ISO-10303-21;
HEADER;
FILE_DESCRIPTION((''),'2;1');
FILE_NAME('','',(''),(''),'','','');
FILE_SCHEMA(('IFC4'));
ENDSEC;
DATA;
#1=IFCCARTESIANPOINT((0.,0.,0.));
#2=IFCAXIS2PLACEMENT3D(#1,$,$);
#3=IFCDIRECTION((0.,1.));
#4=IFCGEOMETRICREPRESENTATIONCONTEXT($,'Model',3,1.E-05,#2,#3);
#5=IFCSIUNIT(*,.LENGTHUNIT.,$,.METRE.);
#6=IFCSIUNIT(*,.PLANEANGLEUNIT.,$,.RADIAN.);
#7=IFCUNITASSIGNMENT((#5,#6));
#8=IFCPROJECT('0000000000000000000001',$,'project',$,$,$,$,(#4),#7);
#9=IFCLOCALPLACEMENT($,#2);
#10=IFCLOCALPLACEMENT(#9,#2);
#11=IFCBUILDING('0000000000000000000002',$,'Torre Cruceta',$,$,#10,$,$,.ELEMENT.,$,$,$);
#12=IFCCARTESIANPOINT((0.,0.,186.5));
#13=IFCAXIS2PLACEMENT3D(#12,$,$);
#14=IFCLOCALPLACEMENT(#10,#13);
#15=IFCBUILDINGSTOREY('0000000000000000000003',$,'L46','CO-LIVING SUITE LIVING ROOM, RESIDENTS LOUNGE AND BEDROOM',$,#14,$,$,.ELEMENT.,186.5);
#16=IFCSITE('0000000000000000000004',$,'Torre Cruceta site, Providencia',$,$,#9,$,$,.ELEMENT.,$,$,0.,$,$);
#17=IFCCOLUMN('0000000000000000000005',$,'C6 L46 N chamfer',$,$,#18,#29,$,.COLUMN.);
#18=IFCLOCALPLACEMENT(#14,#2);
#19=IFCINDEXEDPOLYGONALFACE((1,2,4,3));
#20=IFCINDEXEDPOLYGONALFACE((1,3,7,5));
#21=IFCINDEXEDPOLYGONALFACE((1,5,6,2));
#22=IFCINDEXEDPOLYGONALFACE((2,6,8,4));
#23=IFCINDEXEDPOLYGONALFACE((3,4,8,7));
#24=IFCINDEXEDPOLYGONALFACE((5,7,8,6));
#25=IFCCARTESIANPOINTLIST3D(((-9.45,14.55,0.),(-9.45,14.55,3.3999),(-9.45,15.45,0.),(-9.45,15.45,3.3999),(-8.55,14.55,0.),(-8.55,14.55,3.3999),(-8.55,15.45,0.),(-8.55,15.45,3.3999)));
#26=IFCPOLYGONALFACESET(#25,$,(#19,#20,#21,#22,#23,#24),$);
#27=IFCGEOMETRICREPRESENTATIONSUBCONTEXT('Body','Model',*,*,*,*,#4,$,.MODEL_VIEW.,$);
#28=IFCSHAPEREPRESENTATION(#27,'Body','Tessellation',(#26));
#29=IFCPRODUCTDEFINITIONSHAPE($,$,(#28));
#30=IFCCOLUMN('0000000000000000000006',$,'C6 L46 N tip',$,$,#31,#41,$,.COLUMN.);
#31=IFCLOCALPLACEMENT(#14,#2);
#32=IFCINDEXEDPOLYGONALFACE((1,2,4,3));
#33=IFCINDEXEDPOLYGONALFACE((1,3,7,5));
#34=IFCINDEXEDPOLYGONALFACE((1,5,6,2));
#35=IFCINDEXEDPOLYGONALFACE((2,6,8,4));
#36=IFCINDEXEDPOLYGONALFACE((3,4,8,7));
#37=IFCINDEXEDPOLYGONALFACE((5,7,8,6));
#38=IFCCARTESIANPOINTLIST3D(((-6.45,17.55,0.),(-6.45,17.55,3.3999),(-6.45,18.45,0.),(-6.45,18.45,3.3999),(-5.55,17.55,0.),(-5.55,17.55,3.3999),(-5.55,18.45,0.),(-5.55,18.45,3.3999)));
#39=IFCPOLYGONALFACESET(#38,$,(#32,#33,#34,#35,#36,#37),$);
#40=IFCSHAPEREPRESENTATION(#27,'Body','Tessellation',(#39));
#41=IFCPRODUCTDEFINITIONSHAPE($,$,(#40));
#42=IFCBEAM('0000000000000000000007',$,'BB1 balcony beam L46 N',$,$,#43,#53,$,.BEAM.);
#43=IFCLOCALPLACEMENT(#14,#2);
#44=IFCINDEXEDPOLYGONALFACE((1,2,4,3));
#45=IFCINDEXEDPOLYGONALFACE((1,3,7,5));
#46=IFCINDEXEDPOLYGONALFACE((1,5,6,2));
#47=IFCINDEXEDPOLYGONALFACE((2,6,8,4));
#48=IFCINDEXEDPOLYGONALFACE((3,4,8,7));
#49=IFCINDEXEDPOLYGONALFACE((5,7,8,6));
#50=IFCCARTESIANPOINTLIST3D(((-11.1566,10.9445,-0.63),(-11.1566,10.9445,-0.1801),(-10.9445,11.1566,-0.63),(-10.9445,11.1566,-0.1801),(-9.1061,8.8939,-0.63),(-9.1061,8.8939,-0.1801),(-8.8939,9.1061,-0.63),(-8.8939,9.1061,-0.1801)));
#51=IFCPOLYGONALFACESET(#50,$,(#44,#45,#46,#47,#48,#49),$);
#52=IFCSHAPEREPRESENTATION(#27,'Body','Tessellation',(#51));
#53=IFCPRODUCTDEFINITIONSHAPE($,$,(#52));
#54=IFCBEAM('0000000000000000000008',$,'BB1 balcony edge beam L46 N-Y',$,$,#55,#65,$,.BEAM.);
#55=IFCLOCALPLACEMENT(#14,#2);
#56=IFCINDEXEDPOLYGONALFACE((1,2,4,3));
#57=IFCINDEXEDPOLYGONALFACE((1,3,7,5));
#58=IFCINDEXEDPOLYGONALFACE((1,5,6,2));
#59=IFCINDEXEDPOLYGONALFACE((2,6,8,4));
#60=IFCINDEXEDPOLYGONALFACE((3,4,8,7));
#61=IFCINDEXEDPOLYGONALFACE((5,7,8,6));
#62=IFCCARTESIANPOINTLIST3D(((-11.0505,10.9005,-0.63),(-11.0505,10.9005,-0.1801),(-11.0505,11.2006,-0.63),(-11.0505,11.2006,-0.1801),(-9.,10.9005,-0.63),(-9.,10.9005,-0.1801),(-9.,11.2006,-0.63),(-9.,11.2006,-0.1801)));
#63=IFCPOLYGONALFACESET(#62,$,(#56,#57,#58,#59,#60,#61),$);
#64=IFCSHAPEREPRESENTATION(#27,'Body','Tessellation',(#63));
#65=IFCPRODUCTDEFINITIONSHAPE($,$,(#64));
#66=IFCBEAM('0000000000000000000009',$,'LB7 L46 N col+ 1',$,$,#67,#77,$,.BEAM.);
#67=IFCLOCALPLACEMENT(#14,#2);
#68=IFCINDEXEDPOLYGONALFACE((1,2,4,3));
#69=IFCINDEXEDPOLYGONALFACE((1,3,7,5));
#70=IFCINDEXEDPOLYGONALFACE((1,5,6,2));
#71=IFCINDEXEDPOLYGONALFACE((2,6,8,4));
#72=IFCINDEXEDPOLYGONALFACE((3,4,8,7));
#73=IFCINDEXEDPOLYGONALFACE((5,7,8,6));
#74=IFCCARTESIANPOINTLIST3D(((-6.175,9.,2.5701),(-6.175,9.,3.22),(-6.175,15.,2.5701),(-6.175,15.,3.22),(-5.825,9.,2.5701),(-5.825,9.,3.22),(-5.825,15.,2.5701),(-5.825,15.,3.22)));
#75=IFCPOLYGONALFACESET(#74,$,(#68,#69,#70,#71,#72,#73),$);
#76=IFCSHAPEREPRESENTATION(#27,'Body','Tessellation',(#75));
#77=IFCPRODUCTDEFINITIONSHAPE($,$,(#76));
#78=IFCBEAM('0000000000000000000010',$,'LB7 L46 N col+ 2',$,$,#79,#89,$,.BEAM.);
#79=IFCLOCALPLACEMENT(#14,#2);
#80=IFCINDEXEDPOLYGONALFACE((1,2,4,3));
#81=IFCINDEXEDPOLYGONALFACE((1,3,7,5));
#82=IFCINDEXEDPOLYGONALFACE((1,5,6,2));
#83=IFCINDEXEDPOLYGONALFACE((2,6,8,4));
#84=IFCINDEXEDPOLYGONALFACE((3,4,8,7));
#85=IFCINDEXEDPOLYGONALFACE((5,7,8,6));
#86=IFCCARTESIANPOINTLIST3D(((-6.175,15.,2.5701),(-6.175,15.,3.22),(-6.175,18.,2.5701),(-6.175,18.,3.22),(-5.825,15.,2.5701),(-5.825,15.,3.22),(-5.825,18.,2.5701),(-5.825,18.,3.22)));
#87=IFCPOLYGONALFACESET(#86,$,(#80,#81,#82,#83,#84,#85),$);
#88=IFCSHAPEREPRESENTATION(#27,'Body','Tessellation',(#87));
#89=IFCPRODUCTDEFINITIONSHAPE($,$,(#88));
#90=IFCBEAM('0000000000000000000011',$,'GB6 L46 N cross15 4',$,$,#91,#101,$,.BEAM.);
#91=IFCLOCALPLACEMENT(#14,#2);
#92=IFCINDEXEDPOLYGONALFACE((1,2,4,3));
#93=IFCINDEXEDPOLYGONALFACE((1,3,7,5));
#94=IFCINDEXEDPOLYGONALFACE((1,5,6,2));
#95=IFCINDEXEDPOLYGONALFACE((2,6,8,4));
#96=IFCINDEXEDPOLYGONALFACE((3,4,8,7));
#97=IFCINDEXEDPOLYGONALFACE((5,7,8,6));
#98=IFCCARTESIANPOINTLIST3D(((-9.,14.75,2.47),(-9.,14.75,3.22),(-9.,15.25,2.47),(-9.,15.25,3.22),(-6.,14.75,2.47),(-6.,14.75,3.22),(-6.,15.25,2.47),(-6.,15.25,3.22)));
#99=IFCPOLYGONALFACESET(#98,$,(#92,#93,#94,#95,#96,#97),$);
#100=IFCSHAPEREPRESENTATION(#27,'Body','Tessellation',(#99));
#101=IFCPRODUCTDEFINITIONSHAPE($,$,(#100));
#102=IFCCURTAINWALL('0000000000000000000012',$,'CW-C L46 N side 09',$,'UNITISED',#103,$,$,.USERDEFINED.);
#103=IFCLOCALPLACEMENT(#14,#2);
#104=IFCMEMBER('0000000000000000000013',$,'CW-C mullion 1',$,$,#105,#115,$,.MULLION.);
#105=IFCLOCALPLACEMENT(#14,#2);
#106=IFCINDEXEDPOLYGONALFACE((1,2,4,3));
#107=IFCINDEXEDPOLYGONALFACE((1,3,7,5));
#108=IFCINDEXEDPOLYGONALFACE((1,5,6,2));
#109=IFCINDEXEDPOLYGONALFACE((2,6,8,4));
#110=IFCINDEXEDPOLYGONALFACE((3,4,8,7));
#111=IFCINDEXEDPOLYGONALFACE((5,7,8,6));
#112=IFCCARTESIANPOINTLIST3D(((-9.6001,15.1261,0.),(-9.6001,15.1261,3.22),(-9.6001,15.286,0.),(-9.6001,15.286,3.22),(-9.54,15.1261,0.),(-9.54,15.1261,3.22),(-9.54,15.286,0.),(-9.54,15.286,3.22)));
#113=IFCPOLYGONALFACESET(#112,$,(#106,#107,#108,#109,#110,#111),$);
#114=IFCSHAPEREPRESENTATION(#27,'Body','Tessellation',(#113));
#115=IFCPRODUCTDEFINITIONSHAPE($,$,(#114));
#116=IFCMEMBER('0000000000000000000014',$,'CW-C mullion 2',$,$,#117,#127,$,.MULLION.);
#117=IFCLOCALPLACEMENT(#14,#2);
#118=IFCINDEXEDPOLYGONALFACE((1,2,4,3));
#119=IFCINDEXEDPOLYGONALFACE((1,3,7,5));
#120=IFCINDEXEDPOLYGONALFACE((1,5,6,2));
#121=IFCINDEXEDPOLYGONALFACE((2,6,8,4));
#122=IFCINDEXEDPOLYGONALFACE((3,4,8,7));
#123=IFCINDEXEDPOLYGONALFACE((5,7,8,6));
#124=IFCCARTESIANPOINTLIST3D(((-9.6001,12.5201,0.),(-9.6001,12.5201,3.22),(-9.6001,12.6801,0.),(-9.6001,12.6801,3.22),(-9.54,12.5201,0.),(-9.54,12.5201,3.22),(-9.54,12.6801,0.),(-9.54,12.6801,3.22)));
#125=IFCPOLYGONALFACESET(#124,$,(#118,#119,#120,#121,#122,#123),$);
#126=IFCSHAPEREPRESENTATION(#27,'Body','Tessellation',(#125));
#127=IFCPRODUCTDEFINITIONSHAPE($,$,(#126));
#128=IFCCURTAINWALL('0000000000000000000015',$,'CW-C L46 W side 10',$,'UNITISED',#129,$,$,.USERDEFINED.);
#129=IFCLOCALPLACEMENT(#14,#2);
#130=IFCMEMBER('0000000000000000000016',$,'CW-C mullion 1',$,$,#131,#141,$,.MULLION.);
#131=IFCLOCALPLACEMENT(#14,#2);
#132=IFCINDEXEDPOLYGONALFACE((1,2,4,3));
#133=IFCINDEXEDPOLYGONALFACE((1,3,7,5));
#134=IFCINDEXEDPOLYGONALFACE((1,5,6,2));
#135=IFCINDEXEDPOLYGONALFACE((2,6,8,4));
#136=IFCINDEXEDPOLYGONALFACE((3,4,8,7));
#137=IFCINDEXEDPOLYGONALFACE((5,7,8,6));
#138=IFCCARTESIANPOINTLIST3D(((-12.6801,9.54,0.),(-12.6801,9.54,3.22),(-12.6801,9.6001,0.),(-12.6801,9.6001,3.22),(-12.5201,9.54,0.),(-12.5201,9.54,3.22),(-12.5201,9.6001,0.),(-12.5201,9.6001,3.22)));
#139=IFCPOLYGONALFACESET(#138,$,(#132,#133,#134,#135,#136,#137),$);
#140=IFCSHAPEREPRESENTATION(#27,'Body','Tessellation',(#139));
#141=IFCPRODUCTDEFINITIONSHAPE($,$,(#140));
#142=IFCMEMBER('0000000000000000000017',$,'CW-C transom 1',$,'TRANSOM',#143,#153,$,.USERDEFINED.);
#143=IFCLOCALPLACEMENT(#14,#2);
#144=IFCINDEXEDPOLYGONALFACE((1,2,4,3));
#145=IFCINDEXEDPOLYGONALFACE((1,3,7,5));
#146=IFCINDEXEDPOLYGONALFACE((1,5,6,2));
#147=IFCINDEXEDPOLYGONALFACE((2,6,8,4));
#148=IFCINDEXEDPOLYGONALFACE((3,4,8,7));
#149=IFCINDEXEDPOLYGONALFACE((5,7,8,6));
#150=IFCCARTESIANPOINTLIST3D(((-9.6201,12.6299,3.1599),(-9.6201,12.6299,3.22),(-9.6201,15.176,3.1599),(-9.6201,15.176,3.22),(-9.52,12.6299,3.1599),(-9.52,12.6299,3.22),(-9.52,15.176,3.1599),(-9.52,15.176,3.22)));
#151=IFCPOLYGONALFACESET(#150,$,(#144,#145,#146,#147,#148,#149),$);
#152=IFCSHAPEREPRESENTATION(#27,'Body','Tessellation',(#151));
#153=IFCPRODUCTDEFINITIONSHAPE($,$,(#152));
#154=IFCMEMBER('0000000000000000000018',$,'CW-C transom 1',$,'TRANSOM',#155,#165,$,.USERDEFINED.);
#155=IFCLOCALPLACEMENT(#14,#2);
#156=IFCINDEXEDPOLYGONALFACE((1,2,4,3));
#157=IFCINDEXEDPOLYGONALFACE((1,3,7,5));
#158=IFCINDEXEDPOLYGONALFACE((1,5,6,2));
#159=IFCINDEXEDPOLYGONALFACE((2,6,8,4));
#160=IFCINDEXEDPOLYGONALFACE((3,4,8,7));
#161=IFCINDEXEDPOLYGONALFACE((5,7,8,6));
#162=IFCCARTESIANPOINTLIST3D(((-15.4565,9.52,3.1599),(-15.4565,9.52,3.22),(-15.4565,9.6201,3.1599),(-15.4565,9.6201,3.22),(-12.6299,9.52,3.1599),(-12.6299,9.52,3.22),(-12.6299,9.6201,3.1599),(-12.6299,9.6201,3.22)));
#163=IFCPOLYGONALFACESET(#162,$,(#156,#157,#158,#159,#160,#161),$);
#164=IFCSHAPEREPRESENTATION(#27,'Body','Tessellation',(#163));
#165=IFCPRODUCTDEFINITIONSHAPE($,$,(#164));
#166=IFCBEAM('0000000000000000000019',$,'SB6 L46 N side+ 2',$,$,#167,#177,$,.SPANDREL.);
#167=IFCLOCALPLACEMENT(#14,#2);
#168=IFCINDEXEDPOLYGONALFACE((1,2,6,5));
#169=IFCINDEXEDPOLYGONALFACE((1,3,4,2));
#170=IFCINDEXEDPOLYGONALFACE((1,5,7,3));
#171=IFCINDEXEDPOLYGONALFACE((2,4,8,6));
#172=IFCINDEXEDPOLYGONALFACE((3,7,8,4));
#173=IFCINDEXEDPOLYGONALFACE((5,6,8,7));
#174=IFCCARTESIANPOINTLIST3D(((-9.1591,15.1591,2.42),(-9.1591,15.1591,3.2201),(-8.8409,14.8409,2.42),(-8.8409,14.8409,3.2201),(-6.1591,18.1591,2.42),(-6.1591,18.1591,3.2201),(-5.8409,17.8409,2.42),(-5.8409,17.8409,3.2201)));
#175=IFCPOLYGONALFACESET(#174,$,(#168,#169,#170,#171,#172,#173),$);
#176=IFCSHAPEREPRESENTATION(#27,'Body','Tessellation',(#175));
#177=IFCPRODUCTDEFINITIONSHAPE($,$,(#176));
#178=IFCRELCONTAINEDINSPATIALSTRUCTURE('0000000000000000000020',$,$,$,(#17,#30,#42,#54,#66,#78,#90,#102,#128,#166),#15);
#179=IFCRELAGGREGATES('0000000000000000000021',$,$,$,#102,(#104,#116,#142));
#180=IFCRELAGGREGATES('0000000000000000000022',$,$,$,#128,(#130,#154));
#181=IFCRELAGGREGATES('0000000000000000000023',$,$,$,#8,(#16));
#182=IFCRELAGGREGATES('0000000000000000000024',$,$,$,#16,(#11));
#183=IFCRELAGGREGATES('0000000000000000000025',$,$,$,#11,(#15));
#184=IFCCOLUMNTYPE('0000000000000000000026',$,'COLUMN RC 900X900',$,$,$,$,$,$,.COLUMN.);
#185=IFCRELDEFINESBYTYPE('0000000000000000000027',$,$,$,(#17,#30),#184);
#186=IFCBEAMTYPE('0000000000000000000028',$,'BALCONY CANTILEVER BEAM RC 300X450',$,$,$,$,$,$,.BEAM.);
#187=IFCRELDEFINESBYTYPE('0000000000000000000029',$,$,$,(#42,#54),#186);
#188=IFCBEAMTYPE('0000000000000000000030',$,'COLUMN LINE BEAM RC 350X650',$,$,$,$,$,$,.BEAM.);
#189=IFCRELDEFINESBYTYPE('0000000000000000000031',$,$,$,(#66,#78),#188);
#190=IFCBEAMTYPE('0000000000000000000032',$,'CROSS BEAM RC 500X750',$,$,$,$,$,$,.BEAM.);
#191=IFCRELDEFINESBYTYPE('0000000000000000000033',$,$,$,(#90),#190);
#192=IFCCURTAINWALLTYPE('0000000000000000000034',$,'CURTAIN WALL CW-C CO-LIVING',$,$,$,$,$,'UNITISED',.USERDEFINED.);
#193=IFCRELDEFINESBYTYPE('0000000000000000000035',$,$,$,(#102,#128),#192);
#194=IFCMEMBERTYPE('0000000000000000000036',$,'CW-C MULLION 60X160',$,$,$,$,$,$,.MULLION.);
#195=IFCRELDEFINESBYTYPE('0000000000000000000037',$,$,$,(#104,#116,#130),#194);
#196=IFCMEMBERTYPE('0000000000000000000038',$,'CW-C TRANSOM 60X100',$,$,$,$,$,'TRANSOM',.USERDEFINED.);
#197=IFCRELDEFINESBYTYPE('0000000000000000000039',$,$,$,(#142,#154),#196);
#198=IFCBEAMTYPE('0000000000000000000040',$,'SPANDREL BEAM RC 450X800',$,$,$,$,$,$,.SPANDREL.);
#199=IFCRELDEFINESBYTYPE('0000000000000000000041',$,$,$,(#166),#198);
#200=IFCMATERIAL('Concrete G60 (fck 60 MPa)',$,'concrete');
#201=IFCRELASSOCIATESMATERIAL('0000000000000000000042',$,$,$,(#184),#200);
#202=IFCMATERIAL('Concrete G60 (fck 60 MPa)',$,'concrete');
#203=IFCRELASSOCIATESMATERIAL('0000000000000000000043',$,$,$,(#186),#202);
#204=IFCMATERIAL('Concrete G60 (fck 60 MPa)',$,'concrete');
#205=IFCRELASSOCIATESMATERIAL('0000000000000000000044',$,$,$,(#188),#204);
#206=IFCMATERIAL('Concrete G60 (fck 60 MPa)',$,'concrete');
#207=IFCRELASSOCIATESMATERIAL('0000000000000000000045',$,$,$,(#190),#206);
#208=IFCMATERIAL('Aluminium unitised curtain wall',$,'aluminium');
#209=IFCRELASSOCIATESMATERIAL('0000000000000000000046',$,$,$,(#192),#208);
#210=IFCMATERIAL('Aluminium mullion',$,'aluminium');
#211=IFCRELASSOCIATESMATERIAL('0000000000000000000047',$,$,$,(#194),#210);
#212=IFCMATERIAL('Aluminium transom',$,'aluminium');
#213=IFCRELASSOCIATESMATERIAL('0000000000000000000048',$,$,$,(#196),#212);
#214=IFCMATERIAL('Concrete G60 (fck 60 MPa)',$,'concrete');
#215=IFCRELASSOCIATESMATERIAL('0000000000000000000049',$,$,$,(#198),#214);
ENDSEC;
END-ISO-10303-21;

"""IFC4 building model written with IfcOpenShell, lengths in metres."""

from ifc_helpers import new_model, si_unit, direction, frame, origin, origin_2d, place, context, subcontext, project, spatial, rectangle, extrude, material, material_profile, profile_set, type_object, element, aggregate, save


model = new_model("IFC4")

# Units and contexts
model_context = context("Model", 3, precision=1e-05, world=origin(), true_north=direction((0.0, 1.0)))
body_context = subcontext(model_context, "Body", "Model", "MODEL_VIEW")
ifc_project = project(units=[si_unit("LENGTHUNIT", "METRE"), si_unit("PLANEANGLEUNIT", "RADIAN")], contexts=[model_context])

# Site, building, storey
site_placement = place(None, origin())
site = spatial("IfcSite", under=ifc_project, at=site_placement, Name="Torre Cruceta site, Providencia", CompositionType="ELEMENT", RefElevation=0.0)
building_placement = place(site_placement, origin())
building = spatial("IfcBuilding", under=site, at=building_placement, Name="Torre Cruceta", CompositionType="ELEMENT")
storey_placement = place(building_placement, frame((0.0, 0.0, 186.5)))
storey = spatial("IfcBuildingStorey", under=building, at=storey_placement, Name="L46", Description="CO-LIVING SUITE LIVING ROOM, RESIDENTS LOUNGE AND BEDROOM", CompositionType="ELEMENT", Elevation=186.5)

# Columns
ifc_material_1 = material(Name="Concrete G60 (fck 60 MPa)", Category="concrete")
ifc_material_profile_1 = material_profile(ifc_material_1, rectangle(XDim=0.8999, YDim=0.8999, at=origin_2d()), Name="RC 900X900")
ifc_profile_set_1 = profile_set([ifc_material_profile_1], Name="Concrete G60 (fck 60 MPa)")
column_type = type_object("IfcColumnType", Name="COLUMN RC 900X900", PredefinedType="COLUMN", material=ifc_profile_set_1)
for number, where, z_axis, x_axis, name in (
    (1, (-9.0, 15.0, 0.0), (0.0, 0.0, 1.0), (1.0, 0.0, 0.0), "C6 L46 N chamfer"),
    (2, (-6.0, 18.0, 0.0), (0.0, 0.0, 1.0), (1.0, 0.0, 0.0), "C6 L46 N tip"),
):
    element("IfcColumn", number, at=place(storey_placement, frame(where, z_axis=z_axis, x_axis=x_axis)), inside=storey, type_object=column_type, Name=name, PredefinedType="COLUMN", context=body_context, shape_type="SweptSolid", body=[
        extrude(rectangle(XDim=0.8999, YDim=0.8999, at=origin_2d()), origin(), (0.0, 0.0, 1.0), 3.3999),
    ])

# Beams
ifc_material_2 = material(Name="Concrete G60 (fck 60 MPa)", Category="concrete")
ifc_material_profile_2 = material_profile(ifc_material_2, rectangle(XDim=0.3, YDim=0.45, at=origin_2d()), Name="RC 300X450")
ifc_profile_set_2 = profile_set([ifc_material_profile_2], Name="Concrete G60 (fck 60 MPa)")
beam_type_1 = type_object("IfcBeamType", Name="BALCONY CANTILEVER BEAM RC 300X450", PredefinedType="BEAM", material=ifc_profile_set_2)
beam_1_placement = place(storey_placement, frame((-9.0, 9.0, -0.405), z_axis=(-0.707107, 0.707107, 0.0), x_axis=(-0.707107, -0.707107, 0.0)))
element("IfcBeam", 3, at=beam_1_placement, inside=storey, type_object=beam_type_1, Name="BB1 balcony beam L46 N", PredefinedType="BEAM", context=body_context, shape_type="SweptSolid", body=[
    extrude(rectangle(XDim=0.3, YDim=0.45, at=origin_2d()), origin(), (0.0, 0.0, 1.0), 2.8999),
])
beam_2_placement = place(storey_placement, frame((-9.0, 11.0505, -0.405), z_axis=(-1.0, 0.0, 0.0), x_axis=(0.0, -1.0, 0.0)))
element("IfcBeam", 4, at=beam_2_placement, inside=storey, type_object=beam_type_1, Name="BB1 balcony edge beam L46 N-Y", PredefinedType="BEAM", context=body_context, shape_type="SweptSolid", body=[
    extrude(rectangle(XDim=0.3, YDim=0.45, at=origin_2d()), origin(), (0.0, 0.0, 1.0), 2.0505),
])
ifc_material_3 = material(Name="Concrete G60 (fck 60 MPa)", Category="concrete")
ifc_material_profile_3 = material_profile(ifc_material_3, rectangle(XDim=0.3501, YDim=0.6499, at=origin_2d()), Name="RC 350X650")
ifc_profile_set_3 = profile_set([ifc_material_profile_3], Name="Concrete G60 (fck 60 MPa)")
beam_type_2 = type_object("IfcBeamType", Name="COLUMN LINE BEAM RC 350X650", PredefinedType="BEAM", material=ifc_profile_set_3)
beam_3_placement = place(storey_placement, frame((-6.0, 9.0, 2.895), z_axis=(0.0, 1.0, 0.0), x_axis=(-1.0, 0.0, 0.0)))
element("IfcBeam", 5, at=beam_3_placement, inside=storey, type_object=beam_type_2, Name="LB7 L46 N col+ 1", PredefinedType="BEAM", context=body_context, shape_type="SweptSolid", body=[
    extrude(rectangle(XDim=0.3501, YDim=0.6499, at=origin_2d()), origin(), (0.0, 0.0, 1.0), 6.0),
])
beam_4_placement = place(storey_placement, frame((-6.0, 15.0, 2.895), z_axis=(0.0, 1.0, 0.0), x_axis=(-1.0, 0.0, 0.0)))
element("IfcBeam", 6, at=beam_4_placement, inside=storey, type_object=beam_type_2, Name="LB7 L46 N col+ 2", PredefinedType="BEAM", context=body_context, shape_type="SweptSolid", body=[
    extrude(rectangle(XDim=0.3501, YDim=0.6499, at=origin_2d()), origin(), (0.0, 0.0, 1.0), 3.0),
])
ifc_material_4 = material(Name="Concrete G60 (fck 60 MPa)", Category="concrete")
ifc_material_profile_4 = material_profile(ifc_material_4, rectangle(XDim=0.5, YDim=0.75, at=origin_2d()), Name="RC 500X750")
ifc_profile_set_4 = profile_set([ifc_material_profile_4], Name="Concrete G60 (fck 60 MPa)")
beam_type_3 = type_object("IfcBeamType", Name="CROSS BEAM RC 500X750", PredefinedType="BEAM", material=ifc_profile_set_4)
beam_5_placement = place(storey_placement, frame((-6.0, 15.0, 2.845), z_axis=(-1.0, 0.0, 0.0), x_axis=(0.0, -1.0, 0.0)))
element("IfcBeam", 7, at=beam_5_placement, inside=storey, type_object=beam_type_3, Name="GB6 L46 N cross15 4", PredefinedType="BEAM", context=body_context, shape_type="SweptSolid", body=[
    extrude(rectangle(XDim=0.5, YDim=0.75, at=origin_2d()), origin(), (0.0, 0.0, 1.0), 3.0),
])

# Curtain wall, members
ifc_material_5 = material(Name="Aluminium unitised curtain wall", Category="aluminium")
curtain_wall_type = type_object("IfcCurtainWallType", Name="CURTAIN WALL CW-C CO-LIVING", ElementType="UNITISED", PredefinedType="USERDEFINED", material=ifc_material_5)
curtain_wall_1_placement = place(storey_placement, origin())
curtain_wall_1 = element("IfcCurtainWall", 8, at=curtain_wall_1_placement, inside=storey, type_object=curtain_wall_type, Name="CW-C L46 N side 09", ObjectType="UNITISED", PredefinedType="USERDEFINED")
ifc_material_6 = material(Name="Aluminium mullion", Category="aluminium")
ifc_material_profile_5 = material_profile(ifc_material_6, rectangle(XDim=0.0601, YDim=0.1599, at=origin_2d()), Name="AL 60X160")
ifc_profile_set_5 = profile_set([ifc_material_profile_5], Name="Aluminium mullion")
member_type_1 = type_object("IfcMemberType", Name="CW-C MULLION 60X160", PredefinedType="MULLION", material=ifc_profile_set_5)
member_1_placement = place(storey_placement, frame((-9.5701, 15.2061, 0.0), z_axis=(0.0, 0.0, 1.0), x_axis=(1.0, 0.0, 0.0)))
member_1 = element("IfcMember", 9, at=member_1_placement, type_object=member_type_1, Name="CW-C mullion 1", PredefinedType="MULLION", context=body_context, shape_type="SweptSolid", body=[
    extrude(rectangle(XDim=0.0601, YDim=0.1599, at=origin_2d()), origin(), (0.0, 0.0, 1.0), 3.22),
])
member_2_placement = place(storey_placement, frame((-9.5701, 12.6001, 0.0), z_axis=(0.0, 0.0, 1.0), x_axis=(1.0, 0.0, 0.0)))
member_2 = element("IfcMember", 10, at=member_2_placement, type_object=member_type_1, Name="CW-C mullion 2", PredefinedType="MULLION", context=body_context, shape_type="SweptSolid", body=[
    extrude(rectangle(XDim=0.0601, YDim=0.1599, at=origin_2d()), origin(), (0.0, 0.0, 1.0), 3.22),
])

# Curtain wall, member
curtain_wall_2_placement = place(storey_placement, origin())
curtain_wall_2 = element("IfcCurtainWall", 11, at=curtain_wall_2_placement, inside=storey, type_object=curtain_wall_type, Name="CW-C L46 W side 10", ObjectType="UNITISED", PredefinedType="USERDEFINED")
member_3_placement = place(storey_placement, frame((-12.6001, 9.5701, 0.0), z_axis=(0.0, 0.0, 1.0), x_axis=(0.0, -1.0, 0.0)))
member_3 = element("IfcMember", 12, at=member_3_placement, type_object=member_type_1, Name="CW-C mullion 1", PredefinedType="MULLION", context=body_context, shape_type="SweptSolid", body=[
    extrude(rectangle(XDim=0.0601, YDim=0.1599, at=origin_2d()), origin(), (0.0, 0.0, 1.0), 3.22),
])

# Members
ifc_material_7 = material(Name="Aluminium transom", Category="aluminium")
ifc_material_profile_6 = material_profile(ifc_material_7, rectangle(XDim=0.1001, YDim=0.0601, at=origin_2d()), Name="AL 100X60")
ifc_profile_set_6 = profile_set([ifc_material_profile_6], Name="Aluminium transom")
member_type_2 = type_object("IfcMemberType", Name="CW-C TRANSOM 60X100", ElementType="TRANSOM", PredefinedType="USERDEFINED", material=ifc_profile_set_6)
member_4_placement = place(storey_placement, frame((-9.5701, 15.176, 3.1899), z_axis=(0.0, -1.0, 0.0), x_axis=(1.0, 0.0, 0.0)))
member_4 = element("IfcMember", 13, at=member_4_placement, type_object=member_type_2, Name="CW-C transom 1", ObjectType="TRANSOM", PredefinedType="USERDEFINED", context=body_context, shape_type="SweptSolid", body=[
    extrude(rectangle(XDim=0.1001, YDim=0.0601, at=origin_2d()), origin(), (0.0, 0.0, 1.0), 2.5461),
])
member_5_placement = place(storey_placement, frame((-12.6299, 9.5701, 3.1899), z_axis=(-1.0, 0.0, 0.0), x_axis=(0.0, -1.0, 0.0)))
member_5 = element("IfcMember", 14, at=member_5_placement, type_object=member_type_2, Name="CW-C transom 1", ObjectType="TRANSOM", PredefinedType="USERDEFINED", context=body_context, shape_type="SweptSolid", body=[
    extrude(rectangle(XDim=0.1001, YDim=0.0601, at=origin_2d()), origin(), (0.0, 0.0, 1.0), 2.8267),
])

# Beam
ifc_material_8 = material(Name="Concrete G60 (fck 60 MPa)", Category="concrete")
ifc_material_profile_7 = material_profile(ifc_material_8, rectangle(XDim=0.45, YDim=0.8, at=origin_2d()), Name="RC 450X800")
ifc_profile_set_7 = profile_set([ifc_material_profile_7], Name="Concrete G60 (fck 60 MPa)")
beam_type_4 = type_object("IfcBeamType", Name="SPANDREL BEAM RC 450X800", PredefinedType="SPANDREL", material=ifc_profile_set_7)
beam_6_placement = place(storey_placement, frame((-9.0, 15.0, 2.8201), z_axis=(0.707107, 0.707107, 0.0), x_axis=(-0.707107, 0.707107, 0.0)))
element("IfcBeam", 15, at=beam_6_placement, inside=storey, type_object=beam_type_4, Name="SB6 L46 N side+ 2", PredefinedType="SPANDREL", context=body_context, shape_type="SweptSolid", body=[
    extrude(rectangle(XDim=0.45, YDim=0.8, at=origin_2d()), origin(), (0.0, 0.0, 1.0), 4.2427),
])

aggregate(curtain_wall_1, [member_1, member_2, member_4])
aggregate(curtain_wall_2, [member_3, member_5])

save(model, "model.ifc")
